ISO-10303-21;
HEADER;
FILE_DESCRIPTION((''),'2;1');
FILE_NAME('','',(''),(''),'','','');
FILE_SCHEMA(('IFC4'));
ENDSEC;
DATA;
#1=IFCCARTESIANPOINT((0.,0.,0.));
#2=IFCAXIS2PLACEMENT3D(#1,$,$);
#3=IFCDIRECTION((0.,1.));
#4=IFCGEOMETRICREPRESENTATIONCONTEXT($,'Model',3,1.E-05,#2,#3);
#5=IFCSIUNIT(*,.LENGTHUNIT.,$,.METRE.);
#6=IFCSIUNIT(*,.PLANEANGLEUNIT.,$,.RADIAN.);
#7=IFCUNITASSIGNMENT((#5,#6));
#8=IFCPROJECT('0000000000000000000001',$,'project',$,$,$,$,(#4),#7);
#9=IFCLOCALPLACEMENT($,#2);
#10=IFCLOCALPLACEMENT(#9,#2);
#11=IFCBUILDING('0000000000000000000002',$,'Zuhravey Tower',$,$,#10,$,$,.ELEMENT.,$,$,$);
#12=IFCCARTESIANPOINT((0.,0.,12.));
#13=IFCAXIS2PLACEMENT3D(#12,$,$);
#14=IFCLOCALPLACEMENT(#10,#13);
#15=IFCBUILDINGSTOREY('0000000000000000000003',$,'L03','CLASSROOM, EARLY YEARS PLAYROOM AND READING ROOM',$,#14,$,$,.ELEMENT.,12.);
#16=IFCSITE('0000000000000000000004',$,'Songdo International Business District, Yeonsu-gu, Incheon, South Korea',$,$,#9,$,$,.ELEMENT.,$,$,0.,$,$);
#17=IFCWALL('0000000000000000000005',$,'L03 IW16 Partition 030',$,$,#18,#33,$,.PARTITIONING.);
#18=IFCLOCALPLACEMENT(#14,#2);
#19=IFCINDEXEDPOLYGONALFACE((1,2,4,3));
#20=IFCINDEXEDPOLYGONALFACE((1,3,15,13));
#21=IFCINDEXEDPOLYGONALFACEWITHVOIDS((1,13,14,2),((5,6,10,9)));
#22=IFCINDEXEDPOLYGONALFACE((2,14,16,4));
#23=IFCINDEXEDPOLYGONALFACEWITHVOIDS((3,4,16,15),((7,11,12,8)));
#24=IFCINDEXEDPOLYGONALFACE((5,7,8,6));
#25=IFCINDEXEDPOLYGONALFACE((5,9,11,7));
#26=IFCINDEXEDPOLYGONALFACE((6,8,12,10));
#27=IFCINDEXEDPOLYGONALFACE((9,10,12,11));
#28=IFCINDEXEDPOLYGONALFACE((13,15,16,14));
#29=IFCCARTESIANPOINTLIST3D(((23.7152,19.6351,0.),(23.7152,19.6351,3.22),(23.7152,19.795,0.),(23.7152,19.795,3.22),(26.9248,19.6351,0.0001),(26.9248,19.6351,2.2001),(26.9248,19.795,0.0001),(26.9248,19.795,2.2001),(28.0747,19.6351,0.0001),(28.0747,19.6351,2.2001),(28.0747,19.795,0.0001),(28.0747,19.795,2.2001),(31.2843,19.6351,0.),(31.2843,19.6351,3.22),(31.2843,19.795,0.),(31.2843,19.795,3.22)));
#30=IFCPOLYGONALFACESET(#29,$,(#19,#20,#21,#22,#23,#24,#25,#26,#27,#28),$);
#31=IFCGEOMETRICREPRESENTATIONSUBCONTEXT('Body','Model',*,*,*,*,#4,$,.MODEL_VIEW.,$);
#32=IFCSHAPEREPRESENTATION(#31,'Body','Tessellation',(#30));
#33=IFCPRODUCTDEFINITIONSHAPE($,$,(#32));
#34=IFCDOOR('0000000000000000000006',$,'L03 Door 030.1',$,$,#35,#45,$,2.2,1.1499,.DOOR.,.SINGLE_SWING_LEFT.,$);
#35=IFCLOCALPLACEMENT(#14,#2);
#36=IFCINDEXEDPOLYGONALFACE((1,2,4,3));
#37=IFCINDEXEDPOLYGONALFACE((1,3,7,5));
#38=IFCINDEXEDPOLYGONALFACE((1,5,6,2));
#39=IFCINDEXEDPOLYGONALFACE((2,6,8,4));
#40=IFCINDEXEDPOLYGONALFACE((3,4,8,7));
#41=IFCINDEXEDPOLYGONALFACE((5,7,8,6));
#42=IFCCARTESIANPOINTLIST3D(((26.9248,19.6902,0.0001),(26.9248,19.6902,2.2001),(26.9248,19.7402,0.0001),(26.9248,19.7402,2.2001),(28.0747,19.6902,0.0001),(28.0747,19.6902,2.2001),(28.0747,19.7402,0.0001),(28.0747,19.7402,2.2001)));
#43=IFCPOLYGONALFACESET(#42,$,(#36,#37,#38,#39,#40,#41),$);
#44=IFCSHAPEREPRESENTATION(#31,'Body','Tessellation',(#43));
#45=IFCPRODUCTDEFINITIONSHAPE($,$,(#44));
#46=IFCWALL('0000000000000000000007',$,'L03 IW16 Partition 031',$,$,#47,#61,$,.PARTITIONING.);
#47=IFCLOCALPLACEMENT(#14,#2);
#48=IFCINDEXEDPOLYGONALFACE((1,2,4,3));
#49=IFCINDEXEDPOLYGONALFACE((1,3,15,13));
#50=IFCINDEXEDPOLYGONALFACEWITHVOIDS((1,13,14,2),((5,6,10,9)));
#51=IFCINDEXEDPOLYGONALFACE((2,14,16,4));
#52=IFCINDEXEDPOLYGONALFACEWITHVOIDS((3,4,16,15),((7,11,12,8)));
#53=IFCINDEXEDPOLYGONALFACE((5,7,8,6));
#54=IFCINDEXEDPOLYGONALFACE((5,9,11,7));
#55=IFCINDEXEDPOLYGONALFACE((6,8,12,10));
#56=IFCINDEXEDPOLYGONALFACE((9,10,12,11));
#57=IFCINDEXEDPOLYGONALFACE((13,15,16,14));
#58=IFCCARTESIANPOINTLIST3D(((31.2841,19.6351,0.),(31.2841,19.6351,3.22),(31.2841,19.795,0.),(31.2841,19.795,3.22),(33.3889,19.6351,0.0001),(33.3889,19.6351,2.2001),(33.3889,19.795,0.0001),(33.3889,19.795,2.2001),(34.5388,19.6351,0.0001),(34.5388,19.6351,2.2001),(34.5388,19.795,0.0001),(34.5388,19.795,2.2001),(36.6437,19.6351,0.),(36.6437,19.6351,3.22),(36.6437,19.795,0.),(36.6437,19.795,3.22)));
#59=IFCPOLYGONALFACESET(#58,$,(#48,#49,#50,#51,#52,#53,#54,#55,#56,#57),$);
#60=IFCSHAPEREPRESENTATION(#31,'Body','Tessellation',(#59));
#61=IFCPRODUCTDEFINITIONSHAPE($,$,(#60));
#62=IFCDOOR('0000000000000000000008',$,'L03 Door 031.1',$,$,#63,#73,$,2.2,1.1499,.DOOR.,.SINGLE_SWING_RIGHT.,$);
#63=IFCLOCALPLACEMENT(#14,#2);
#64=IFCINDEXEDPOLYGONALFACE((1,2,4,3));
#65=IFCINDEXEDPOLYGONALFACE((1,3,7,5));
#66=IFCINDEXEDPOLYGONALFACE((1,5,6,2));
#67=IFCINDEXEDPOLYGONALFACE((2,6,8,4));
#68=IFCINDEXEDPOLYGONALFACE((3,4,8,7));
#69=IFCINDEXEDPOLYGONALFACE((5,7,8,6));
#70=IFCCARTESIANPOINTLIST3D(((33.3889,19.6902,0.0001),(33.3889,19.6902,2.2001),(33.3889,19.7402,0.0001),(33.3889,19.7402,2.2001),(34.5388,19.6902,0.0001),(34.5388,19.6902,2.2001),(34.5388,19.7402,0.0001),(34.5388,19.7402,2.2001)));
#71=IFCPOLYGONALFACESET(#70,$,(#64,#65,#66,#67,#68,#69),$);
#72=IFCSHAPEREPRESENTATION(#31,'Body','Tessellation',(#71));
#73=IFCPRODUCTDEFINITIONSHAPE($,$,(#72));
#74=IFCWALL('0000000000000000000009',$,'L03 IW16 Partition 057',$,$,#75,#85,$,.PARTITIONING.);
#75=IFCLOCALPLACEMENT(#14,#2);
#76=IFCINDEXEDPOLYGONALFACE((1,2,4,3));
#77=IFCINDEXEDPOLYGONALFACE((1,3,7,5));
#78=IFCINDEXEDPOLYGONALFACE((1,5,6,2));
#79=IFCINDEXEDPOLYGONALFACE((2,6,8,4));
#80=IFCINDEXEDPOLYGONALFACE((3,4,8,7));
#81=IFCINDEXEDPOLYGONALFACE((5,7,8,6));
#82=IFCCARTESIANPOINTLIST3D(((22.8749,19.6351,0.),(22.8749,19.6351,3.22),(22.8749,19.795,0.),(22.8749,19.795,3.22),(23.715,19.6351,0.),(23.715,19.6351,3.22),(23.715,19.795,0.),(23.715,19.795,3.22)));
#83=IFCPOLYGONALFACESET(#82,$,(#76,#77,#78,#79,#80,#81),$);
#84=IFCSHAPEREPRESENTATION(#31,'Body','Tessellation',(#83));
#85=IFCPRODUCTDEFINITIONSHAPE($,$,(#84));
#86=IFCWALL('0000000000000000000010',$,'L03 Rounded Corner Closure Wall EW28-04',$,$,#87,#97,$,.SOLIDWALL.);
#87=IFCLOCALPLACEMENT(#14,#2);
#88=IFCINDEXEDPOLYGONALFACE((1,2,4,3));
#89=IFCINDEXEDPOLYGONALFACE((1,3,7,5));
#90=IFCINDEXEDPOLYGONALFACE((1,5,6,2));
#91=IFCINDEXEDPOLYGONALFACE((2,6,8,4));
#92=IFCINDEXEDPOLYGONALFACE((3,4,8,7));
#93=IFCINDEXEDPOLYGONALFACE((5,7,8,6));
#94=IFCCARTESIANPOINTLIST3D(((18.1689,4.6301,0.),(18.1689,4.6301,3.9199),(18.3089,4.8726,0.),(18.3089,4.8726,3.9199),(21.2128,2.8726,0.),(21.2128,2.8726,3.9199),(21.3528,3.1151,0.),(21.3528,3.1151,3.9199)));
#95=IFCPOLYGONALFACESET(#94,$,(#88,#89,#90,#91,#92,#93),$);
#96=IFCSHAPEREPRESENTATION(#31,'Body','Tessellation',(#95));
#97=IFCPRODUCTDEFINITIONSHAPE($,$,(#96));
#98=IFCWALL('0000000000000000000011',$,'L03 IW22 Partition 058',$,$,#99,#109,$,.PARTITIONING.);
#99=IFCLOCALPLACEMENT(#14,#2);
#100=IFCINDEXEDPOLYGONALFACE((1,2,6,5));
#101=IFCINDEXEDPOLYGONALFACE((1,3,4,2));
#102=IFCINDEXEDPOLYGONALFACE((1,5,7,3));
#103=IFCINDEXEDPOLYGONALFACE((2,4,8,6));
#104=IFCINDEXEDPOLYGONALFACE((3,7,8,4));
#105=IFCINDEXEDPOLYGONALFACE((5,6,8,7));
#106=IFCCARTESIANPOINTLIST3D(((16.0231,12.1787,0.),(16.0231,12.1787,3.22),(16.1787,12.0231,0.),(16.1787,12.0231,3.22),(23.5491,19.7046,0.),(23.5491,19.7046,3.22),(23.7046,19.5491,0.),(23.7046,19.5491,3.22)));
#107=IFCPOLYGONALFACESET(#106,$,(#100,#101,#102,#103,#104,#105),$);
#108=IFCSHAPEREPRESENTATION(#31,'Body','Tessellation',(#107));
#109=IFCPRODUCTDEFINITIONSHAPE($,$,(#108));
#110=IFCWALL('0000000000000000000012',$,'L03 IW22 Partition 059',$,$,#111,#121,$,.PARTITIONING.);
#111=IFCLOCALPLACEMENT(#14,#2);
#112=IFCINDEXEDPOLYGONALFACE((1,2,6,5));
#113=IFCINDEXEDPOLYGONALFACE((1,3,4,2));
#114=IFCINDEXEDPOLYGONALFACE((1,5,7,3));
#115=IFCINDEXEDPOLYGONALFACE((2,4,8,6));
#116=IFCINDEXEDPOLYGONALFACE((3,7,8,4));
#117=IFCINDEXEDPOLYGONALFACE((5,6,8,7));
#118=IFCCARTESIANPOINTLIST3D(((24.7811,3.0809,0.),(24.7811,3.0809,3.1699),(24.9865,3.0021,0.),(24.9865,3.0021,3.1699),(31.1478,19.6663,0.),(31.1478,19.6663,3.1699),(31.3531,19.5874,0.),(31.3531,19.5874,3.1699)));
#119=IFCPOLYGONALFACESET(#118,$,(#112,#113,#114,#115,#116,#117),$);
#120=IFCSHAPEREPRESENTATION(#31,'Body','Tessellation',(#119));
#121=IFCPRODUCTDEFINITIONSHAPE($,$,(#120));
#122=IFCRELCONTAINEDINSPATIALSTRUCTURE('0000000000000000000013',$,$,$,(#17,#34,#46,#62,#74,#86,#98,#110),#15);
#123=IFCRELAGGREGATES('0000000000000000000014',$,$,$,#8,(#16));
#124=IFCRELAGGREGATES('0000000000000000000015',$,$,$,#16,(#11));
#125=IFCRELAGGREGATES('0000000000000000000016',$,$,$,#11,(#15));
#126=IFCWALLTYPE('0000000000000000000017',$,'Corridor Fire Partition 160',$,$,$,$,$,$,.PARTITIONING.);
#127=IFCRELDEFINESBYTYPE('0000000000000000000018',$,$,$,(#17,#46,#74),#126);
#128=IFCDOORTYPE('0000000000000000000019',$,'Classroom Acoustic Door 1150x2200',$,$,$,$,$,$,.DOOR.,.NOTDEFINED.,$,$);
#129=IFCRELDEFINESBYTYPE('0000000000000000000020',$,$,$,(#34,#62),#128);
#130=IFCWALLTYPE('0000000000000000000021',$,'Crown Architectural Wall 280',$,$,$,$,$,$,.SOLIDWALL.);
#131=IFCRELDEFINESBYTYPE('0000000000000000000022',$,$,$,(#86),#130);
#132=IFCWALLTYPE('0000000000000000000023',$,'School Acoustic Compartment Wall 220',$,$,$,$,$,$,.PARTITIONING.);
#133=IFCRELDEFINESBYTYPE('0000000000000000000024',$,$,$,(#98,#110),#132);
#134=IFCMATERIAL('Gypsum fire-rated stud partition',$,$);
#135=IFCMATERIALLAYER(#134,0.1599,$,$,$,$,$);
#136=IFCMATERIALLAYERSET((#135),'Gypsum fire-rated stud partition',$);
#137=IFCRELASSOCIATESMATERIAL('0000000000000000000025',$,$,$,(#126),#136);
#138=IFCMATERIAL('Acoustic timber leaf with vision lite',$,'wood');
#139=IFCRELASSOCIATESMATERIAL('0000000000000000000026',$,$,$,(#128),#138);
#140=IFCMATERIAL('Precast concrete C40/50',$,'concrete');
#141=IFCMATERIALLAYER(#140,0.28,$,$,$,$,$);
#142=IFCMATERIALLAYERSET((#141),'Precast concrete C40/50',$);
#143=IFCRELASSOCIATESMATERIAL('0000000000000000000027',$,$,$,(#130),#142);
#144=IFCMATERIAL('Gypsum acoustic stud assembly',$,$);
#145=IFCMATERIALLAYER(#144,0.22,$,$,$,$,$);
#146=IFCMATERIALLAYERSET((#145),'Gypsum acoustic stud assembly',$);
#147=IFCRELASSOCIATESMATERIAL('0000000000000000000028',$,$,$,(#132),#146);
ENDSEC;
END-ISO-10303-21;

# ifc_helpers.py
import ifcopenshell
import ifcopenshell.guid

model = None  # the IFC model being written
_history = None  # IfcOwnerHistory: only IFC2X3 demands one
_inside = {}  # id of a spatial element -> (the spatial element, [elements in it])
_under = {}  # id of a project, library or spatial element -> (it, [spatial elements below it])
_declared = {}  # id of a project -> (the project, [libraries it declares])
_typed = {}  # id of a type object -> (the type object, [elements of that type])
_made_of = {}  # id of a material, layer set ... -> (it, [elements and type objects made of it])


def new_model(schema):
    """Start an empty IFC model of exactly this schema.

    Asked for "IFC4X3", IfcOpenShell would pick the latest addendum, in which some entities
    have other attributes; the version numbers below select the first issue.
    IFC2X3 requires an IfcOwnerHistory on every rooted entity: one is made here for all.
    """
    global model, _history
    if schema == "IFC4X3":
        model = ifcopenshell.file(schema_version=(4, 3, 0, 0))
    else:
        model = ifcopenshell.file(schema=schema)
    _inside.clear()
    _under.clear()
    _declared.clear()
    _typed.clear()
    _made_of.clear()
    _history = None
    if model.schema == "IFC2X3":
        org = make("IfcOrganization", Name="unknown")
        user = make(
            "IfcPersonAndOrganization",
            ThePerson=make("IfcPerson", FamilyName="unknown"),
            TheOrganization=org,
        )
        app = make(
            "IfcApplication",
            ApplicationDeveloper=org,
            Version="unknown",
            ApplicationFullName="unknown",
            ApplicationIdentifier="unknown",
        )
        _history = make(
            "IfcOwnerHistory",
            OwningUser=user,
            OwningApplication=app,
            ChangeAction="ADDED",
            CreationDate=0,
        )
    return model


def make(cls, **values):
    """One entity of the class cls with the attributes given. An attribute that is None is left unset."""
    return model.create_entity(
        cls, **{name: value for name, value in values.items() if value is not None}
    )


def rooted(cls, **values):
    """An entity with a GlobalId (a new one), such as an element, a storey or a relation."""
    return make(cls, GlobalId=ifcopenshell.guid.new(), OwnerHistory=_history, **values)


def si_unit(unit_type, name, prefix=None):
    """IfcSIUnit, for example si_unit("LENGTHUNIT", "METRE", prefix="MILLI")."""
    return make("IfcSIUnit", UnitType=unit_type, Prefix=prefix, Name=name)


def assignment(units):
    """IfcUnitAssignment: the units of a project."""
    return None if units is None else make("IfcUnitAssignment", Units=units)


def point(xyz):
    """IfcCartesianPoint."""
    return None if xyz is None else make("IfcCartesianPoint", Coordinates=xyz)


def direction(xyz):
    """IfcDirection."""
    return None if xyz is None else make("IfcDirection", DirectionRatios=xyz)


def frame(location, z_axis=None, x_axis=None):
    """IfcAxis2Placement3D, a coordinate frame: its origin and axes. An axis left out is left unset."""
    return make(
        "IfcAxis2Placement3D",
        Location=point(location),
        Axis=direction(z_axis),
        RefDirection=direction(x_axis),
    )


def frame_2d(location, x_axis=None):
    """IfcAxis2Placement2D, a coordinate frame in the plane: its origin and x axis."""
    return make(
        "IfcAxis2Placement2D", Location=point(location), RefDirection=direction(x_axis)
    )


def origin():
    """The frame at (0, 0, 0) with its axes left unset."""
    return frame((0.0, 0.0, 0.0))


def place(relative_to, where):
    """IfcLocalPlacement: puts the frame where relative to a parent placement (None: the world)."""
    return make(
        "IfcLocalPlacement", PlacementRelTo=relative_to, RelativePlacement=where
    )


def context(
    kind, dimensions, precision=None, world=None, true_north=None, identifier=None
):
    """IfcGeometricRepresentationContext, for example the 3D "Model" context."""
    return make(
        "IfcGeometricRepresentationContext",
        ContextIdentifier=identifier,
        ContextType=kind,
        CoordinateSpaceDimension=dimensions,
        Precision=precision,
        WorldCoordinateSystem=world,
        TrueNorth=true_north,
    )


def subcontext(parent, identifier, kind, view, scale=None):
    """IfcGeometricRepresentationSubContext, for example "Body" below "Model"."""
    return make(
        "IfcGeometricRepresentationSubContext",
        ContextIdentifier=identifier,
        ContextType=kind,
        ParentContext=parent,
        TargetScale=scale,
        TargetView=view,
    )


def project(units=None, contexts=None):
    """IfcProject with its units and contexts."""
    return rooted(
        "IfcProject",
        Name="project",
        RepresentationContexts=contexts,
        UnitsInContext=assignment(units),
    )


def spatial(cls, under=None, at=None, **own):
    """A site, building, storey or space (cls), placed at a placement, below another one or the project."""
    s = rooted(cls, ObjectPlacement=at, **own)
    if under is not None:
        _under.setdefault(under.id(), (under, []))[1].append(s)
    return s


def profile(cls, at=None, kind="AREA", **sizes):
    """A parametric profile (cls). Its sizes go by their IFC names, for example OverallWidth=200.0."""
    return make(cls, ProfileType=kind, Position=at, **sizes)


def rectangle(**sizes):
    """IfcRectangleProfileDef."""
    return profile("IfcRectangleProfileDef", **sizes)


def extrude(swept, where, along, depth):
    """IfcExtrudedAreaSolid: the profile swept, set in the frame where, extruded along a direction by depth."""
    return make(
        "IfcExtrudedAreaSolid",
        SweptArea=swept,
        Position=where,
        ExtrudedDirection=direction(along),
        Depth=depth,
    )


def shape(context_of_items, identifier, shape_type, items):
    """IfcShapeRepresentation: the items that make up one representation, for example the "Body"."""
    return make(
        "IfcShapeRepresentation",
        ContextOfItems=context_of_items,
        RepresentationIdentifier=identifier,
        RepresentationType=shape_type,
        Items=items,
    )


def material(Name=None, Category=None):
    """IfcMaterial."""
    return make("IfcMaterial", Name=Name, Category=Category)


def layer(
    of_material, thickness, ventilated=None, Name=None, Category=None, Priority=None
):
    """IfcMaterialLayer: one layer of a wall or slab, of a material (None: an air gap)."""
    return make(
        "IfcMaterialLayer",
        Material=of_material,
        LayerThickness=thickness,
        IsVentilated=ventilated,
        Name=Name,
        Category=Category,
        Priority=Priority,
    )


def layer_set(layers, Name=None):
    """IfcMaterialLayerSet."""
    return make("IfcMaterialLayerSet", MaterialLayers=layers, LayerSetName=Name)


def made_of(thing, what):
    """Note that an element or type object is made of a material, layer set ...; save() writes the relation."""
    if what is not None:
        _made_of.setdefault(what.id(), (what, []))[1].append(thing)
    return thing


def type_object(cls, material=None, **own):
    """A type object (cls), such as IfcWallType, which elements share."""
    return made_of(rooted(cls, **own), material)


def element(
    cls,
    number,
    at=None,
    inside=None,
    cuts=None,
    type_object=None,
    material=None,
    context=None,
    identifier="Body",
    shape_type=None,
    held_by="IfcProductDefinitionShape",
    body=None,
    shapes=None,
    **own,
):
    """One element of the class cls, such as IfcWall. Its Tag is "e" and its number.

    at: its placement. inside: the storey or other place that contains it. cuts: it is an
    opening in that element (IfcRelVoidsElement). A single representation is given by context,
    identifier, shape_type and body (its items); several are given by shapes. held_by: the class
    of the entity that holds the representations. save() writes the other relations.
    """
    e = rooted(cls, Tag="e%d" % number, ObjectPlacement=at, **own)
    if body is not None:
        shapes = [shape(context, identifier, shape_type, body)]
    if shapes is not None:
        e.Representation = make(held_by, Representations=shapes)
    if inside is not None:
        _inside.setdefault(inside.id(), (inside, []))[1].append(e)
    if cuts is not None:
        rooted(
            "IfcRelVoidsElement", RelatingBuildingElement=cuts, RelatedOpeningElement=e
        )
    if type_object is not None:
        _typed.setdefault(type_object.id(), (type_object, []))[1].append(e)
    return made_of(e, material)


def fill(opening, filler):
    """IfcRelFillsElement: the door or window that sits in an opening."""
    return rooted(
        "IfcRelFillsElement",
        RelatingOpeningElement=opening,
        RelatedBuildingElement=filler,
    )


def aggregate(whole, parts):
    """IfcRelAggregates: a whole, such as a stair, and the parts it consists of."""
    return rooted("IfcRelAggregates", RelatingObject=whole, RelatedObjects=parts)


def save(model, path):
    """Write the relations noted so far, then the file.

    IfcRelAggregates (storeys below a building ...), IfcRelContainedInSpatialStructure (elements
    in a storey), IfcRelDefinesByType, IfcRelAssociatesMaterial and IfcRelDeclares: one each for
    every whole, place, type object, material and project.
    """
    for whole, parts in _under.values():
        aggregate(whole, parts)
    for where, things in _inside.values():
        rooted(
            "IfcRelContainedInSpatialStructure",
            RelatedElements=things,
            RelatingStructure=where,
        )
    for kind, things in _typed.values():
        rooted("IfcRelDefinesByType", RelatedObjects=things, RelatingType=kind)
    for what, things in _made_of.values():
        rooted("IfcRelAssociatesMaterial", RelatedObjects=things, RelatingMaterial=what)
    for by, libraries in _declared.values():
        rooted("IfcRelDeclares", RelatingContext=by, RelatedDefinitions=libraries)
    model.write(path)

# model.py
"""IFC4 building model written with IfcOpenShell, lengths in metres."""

from ifc_helpers import new_model, si_unit, direction, frame, frame_2d, origin, place, context, subcontext, project, spatial, rectangle, extrude, material, layer, layer_set, type_object, element, fill, save


model = new_model("IFC4")

# Units and contexts
model_context = context("Model", 3, precision=1e-05, world=origin(), true_north=direction((0.0, 1.0)))
body_context = subcontext(model_context, "Body", "Model", "MODEL_VIEW")
ifc_project = project(units=[si_unit("LENGTHUNIT", "METRE"), si_unit("PLANEANGLEUNIT", "RADIAN")], contexts=[model_context])

# Site, building, storey
site_placement = place(None, origin())
site = spatial("IfcSite", under=ifc_project, at=site_placement, Name="Songdo International Business District, Yeonsu-gu, Incheon, South Korea", CompositionType="ELEMENT", RefElevation=0.0)
building_placement = place(site_placement, origin())
building = spatial("IfcBuilding", under=site, at=building_placement, Name="Zuhravey Tower", CompositionType="ELEMENT")
storey_placement = place(building_placement, frame((0.0, 0.0, 12.0)))
storey = spatial("IfcBuildingStorey", under=building, at=storey_placement, Name="L03", Description="CLASSROOM, EARLY YEARS PLAYROOM AND READING ROOM", CompositionType="ELEMENT", Elevation=12.0)

# Walls, openings, doors
ifc_material_1 = material(Name="Gypsum fire-rated stud partition")
ifc_layer_1 = layer(ifc_material_1, 0.1599)
ifc_layer_set_1 = layer_set([ifc_layer_1], Name="Gypsum fire-rated stud partition")
wall_type_1 = type_object("IfcWallType", Name="Corridor Fire Partition 160", PredefinedType="PARTITIONING", material=ifc_layer_set_1)
wall_1_placement = place(storey_placement, frame((23.7151, 19.7151, 0.0), z_axis=(0.0, 0.0, 1.0), x_axis=(1.0, 0.0, 0.0)))
wall_1 = element("IfcWall", 1, at=wall_1_placement, inside=storey, type_object=wall_type_1, Name="L03 IW16 Partition 030", PredefinedType="PARTITIONING", context=body_context, shape_type="SweptSolid", body=[
    extrude(rectangle(XDim=7.5691, YDim=0.1599, at=frame_2d((3.7847, 0.0))), origin(), (0.0, 0.0, 1.0), 3.22),
])
opening_1_placement = place(wall_1_placement, frame((3.2097, 0.0, 0.0)))
opening_1 = element("IfcOpeningElement", 2, at=opening_1_placement, cuts=wall_1, PredefinedType="OPENING", context=body_context, shape_type="SweptSolid", body=[
    extrude(rectangle(XDim=1.1499, YDim=2.2, at=frame_2d((0.575, 1.1001))), frame((0.0, 0.092, 0.0), z_axis=(0.0, -1.0, 0.0), x_axis=(1.0, 0.0, 0.0)), (0.0, 0.0, 1.0), 0.1838),
])
ifc_material_2 = material(Name="Acoustic timber leaf with vision lite", Category="wood")
door_type = type_object("IfcDoorType", Name="Classroom Acoustic Door 1150x2200", OperationType="NOTDEFINED", PredefinedType="DOOR", material=ifc_material_2)
door_1_placement = place(opening_1_placement, frame((1.1499, 0.0, 0.0), z_axis=(0.0, 0.0, 1.0), x_axis=(-1.0, 0.0, 0.0)))
door_1 = element("IfcDoor", 3, at=door_1_placement, inside=storey, type_object=door_type, Name="L03 Door 030.1", OperationType="SINGLE_SWING_LEFT", OverallHeight=2.2, OverallWidth=1.1499, PredefinedType="DOOR", context=body_context, shape_type="SweptSolid", body=[
    extrude(rectangle(XDim=1.1499, YDim=2.2, at=frame_2d((0.575, 1.1001))), frame((0.0, 0.0249, 0.0), z_axis=(0.0, -1.0, 0.0), x_axis=(1.0, 0.0, 0.0)), (0.0, 0.0, 1.0), 0.05),
])
fill(opening_1, door_1)
wall_2_placement = place(storey_placement, frame((31.2842, 19.7151, 0.0), z_axis=(0.0, 0.0, 1.0), x_axis=(1.0, 0.0, 0.0)))
wall_2 = element("IfcWall", 4, at=wall_2_placement, inside=storey, type_object=wall_type_1, Name="L03 IW16 Partition 031", PredefinedType="PARTITIONING", context=body_context, shape_type="SweptSolid", body=[
    extrude(rectangle(XDim=5.3596, YDim=0.1599, at=frame_2d((2.6797, 0.0))), origin(), (0.0, 0.0, 1.0), 3.22),
])
opening_2_placement = place(wall_2_placement, frame((2.1047, 0.0, 0.0)))
opening_2 = element("IfcOpeningElement", 5, at=opening_2_placement, cuts=wall_2, PredefinedType="OPENING", context=body_context, shape_type="SweptSolid", body=[
    extrude(rectangle(XDim=1.1499, YDim=2.2, at=frame_2d((0.575, 1.1001))), frame((0.0, 0.092, 0.0), z_axis=(0.0, -1.0, 0.0), x_axis=(1.0, 0.0, 0.0)), (0.0, 0.0, 1.0), 0.1838),
])
door_2_placement = place(opening_2_placement, frame((1.1499, 0.0, 0.0), z_axis=(0.0, 0.0, 1.0), x_axis=(-1.0, 0.0, 0.0)))
door_2 = element("IfcDoor", 6, at=door_2_placement, inside=storey, type_object=door_type, Name="L03 Door 031.1", OperationType="SINGLE_SWING_RIGHT", OverallHeight=2.2, OverallWidth=1.1499, PredefinedType="DOOR", context=body_context, shape_type="SweptSolid", body=[
    extrude(rectangle(XDim=1.1499, YDim=2.2, at=frame_2d((0.575, 1.1001))), frame((0.0, 0.0249, 0.0), z_axis=(0.0, -1.0, 0.0), x_axis=(1.0, 0.0, 0.0)), (0.0, 0.0, 1.0), 0.05),
])
fill(opening_2, door_2)

# Walls
wall_3_placement = place(storey_placement, frame((22.875, 19.7151, 0.0), z_axis=(0.0, 0.0, 1.0), x_axis=(1.0, 0.0, 0.0)))
element("IfcWall", 7, at=wall_3_placement, inside=storey, type_object=wall_type_1, Name="L03 IW16 Partition 057", PredefinedType="PARTITIONING", context=body_context, shape_type="SweptSolid", body=[
    extrude(rectangle(XDim=0.8401, YDim=0.1599, at=frame_2d((0.4199, 0.0))), origin(), (0.0, 0.0, 1.0), 3.22),
])
ifc_material_3 = material(Name="Precast concrete C40/50", Category="concrete")
ifc_layer_2 = layer(ifc_material_3, 0.28)
ifc_layer_set_2 = layer_set([ifc_layer_2], Name="Precast concrete C40/50")
wall_type_2 = type_object("IfcWallType", Name="Crown Architectural Wall 280", PredefinedType="SOLIDWALL", material=ifc_layer_set_2)
wall_4_placement = place(storey_placement, frame((21.2827, 2.9939, 0.0), z_axis=(0.0, 0.0, 1.0), x_axis=(-0.866007, 0.500031, 0.0)))
element("IfcWall", 8, at=wall_4_placement, inside=storey, type_object=wall_type_2, Name="L03 Rounded Corner Closure Wall EW28-04", PredefinedType="SOLIDWALL", context=body_context, shape_type="SweptSolid", body=[
    extrude(rectangle(XDim=3.5149, YDim=0.28, at=frame_2d((1.7573, 0.0))), origin(), (0.0, 0.0, 1.0), 3.9199),
])
ifc_material_4 = material(Name="Gypsum acoustic stud assembly")
ifc_layer_3 = layer(ifc_material_4, 0.22)
ifc_layer_set_3 = layer_set([ifc_layer_3], Name="Gypsum acoustic stud assembly")
wall_type_3 = type_object("IfcWallType", Name="School Acoustic Compartment Wall 220", PredefinedType="PARTITIONING", material=ifc_layer_set_3)
wall_5_placement = place(storey_placement, frame((23.627, 19.627, 0.0), z_axis=(0.0, 0.0, 1.0), x_axis=(-0.707107, -0.707107, 0.0)))
element("IfcWall", 9, at=wall_5_placement, inside=storey, type_object=wall_type_3, Name="L03 IW22 Partition 058", PredefinedType="PARTITIONING", context=body_context, shape_type="SweptSolid", body=[
    extrude(rectangle(XDim=10.6433, YDim=0.22, at=frame_2d((5.3218, 0.0))), origin(), (0.0, 0.0, 1.0), 3.22),
])
wall_6_placement = place(storey_placement, frame((31.2505, 19.627, 0.0), z_axis=(0.0, 0.0, 1.0), x_axis=(-0.358375, -0.933578, 0.0)))
element("IfcWall", 10, at=wall_6_placement, inside=storey, type_object=wall_type_3, Name="L03 IW22 Partition 059", PredefinedType="PARTITIONING", context=body_context, shape_type="SweptSolid", body=[
    extrude(rectangle(XDim=17.7654, YDim=0.22, at=frame_2d((8.8828, 0.0))), origin(), (0.0, 0.0, 1.0), 3.1699),
])

save(model, "model.ifc")
